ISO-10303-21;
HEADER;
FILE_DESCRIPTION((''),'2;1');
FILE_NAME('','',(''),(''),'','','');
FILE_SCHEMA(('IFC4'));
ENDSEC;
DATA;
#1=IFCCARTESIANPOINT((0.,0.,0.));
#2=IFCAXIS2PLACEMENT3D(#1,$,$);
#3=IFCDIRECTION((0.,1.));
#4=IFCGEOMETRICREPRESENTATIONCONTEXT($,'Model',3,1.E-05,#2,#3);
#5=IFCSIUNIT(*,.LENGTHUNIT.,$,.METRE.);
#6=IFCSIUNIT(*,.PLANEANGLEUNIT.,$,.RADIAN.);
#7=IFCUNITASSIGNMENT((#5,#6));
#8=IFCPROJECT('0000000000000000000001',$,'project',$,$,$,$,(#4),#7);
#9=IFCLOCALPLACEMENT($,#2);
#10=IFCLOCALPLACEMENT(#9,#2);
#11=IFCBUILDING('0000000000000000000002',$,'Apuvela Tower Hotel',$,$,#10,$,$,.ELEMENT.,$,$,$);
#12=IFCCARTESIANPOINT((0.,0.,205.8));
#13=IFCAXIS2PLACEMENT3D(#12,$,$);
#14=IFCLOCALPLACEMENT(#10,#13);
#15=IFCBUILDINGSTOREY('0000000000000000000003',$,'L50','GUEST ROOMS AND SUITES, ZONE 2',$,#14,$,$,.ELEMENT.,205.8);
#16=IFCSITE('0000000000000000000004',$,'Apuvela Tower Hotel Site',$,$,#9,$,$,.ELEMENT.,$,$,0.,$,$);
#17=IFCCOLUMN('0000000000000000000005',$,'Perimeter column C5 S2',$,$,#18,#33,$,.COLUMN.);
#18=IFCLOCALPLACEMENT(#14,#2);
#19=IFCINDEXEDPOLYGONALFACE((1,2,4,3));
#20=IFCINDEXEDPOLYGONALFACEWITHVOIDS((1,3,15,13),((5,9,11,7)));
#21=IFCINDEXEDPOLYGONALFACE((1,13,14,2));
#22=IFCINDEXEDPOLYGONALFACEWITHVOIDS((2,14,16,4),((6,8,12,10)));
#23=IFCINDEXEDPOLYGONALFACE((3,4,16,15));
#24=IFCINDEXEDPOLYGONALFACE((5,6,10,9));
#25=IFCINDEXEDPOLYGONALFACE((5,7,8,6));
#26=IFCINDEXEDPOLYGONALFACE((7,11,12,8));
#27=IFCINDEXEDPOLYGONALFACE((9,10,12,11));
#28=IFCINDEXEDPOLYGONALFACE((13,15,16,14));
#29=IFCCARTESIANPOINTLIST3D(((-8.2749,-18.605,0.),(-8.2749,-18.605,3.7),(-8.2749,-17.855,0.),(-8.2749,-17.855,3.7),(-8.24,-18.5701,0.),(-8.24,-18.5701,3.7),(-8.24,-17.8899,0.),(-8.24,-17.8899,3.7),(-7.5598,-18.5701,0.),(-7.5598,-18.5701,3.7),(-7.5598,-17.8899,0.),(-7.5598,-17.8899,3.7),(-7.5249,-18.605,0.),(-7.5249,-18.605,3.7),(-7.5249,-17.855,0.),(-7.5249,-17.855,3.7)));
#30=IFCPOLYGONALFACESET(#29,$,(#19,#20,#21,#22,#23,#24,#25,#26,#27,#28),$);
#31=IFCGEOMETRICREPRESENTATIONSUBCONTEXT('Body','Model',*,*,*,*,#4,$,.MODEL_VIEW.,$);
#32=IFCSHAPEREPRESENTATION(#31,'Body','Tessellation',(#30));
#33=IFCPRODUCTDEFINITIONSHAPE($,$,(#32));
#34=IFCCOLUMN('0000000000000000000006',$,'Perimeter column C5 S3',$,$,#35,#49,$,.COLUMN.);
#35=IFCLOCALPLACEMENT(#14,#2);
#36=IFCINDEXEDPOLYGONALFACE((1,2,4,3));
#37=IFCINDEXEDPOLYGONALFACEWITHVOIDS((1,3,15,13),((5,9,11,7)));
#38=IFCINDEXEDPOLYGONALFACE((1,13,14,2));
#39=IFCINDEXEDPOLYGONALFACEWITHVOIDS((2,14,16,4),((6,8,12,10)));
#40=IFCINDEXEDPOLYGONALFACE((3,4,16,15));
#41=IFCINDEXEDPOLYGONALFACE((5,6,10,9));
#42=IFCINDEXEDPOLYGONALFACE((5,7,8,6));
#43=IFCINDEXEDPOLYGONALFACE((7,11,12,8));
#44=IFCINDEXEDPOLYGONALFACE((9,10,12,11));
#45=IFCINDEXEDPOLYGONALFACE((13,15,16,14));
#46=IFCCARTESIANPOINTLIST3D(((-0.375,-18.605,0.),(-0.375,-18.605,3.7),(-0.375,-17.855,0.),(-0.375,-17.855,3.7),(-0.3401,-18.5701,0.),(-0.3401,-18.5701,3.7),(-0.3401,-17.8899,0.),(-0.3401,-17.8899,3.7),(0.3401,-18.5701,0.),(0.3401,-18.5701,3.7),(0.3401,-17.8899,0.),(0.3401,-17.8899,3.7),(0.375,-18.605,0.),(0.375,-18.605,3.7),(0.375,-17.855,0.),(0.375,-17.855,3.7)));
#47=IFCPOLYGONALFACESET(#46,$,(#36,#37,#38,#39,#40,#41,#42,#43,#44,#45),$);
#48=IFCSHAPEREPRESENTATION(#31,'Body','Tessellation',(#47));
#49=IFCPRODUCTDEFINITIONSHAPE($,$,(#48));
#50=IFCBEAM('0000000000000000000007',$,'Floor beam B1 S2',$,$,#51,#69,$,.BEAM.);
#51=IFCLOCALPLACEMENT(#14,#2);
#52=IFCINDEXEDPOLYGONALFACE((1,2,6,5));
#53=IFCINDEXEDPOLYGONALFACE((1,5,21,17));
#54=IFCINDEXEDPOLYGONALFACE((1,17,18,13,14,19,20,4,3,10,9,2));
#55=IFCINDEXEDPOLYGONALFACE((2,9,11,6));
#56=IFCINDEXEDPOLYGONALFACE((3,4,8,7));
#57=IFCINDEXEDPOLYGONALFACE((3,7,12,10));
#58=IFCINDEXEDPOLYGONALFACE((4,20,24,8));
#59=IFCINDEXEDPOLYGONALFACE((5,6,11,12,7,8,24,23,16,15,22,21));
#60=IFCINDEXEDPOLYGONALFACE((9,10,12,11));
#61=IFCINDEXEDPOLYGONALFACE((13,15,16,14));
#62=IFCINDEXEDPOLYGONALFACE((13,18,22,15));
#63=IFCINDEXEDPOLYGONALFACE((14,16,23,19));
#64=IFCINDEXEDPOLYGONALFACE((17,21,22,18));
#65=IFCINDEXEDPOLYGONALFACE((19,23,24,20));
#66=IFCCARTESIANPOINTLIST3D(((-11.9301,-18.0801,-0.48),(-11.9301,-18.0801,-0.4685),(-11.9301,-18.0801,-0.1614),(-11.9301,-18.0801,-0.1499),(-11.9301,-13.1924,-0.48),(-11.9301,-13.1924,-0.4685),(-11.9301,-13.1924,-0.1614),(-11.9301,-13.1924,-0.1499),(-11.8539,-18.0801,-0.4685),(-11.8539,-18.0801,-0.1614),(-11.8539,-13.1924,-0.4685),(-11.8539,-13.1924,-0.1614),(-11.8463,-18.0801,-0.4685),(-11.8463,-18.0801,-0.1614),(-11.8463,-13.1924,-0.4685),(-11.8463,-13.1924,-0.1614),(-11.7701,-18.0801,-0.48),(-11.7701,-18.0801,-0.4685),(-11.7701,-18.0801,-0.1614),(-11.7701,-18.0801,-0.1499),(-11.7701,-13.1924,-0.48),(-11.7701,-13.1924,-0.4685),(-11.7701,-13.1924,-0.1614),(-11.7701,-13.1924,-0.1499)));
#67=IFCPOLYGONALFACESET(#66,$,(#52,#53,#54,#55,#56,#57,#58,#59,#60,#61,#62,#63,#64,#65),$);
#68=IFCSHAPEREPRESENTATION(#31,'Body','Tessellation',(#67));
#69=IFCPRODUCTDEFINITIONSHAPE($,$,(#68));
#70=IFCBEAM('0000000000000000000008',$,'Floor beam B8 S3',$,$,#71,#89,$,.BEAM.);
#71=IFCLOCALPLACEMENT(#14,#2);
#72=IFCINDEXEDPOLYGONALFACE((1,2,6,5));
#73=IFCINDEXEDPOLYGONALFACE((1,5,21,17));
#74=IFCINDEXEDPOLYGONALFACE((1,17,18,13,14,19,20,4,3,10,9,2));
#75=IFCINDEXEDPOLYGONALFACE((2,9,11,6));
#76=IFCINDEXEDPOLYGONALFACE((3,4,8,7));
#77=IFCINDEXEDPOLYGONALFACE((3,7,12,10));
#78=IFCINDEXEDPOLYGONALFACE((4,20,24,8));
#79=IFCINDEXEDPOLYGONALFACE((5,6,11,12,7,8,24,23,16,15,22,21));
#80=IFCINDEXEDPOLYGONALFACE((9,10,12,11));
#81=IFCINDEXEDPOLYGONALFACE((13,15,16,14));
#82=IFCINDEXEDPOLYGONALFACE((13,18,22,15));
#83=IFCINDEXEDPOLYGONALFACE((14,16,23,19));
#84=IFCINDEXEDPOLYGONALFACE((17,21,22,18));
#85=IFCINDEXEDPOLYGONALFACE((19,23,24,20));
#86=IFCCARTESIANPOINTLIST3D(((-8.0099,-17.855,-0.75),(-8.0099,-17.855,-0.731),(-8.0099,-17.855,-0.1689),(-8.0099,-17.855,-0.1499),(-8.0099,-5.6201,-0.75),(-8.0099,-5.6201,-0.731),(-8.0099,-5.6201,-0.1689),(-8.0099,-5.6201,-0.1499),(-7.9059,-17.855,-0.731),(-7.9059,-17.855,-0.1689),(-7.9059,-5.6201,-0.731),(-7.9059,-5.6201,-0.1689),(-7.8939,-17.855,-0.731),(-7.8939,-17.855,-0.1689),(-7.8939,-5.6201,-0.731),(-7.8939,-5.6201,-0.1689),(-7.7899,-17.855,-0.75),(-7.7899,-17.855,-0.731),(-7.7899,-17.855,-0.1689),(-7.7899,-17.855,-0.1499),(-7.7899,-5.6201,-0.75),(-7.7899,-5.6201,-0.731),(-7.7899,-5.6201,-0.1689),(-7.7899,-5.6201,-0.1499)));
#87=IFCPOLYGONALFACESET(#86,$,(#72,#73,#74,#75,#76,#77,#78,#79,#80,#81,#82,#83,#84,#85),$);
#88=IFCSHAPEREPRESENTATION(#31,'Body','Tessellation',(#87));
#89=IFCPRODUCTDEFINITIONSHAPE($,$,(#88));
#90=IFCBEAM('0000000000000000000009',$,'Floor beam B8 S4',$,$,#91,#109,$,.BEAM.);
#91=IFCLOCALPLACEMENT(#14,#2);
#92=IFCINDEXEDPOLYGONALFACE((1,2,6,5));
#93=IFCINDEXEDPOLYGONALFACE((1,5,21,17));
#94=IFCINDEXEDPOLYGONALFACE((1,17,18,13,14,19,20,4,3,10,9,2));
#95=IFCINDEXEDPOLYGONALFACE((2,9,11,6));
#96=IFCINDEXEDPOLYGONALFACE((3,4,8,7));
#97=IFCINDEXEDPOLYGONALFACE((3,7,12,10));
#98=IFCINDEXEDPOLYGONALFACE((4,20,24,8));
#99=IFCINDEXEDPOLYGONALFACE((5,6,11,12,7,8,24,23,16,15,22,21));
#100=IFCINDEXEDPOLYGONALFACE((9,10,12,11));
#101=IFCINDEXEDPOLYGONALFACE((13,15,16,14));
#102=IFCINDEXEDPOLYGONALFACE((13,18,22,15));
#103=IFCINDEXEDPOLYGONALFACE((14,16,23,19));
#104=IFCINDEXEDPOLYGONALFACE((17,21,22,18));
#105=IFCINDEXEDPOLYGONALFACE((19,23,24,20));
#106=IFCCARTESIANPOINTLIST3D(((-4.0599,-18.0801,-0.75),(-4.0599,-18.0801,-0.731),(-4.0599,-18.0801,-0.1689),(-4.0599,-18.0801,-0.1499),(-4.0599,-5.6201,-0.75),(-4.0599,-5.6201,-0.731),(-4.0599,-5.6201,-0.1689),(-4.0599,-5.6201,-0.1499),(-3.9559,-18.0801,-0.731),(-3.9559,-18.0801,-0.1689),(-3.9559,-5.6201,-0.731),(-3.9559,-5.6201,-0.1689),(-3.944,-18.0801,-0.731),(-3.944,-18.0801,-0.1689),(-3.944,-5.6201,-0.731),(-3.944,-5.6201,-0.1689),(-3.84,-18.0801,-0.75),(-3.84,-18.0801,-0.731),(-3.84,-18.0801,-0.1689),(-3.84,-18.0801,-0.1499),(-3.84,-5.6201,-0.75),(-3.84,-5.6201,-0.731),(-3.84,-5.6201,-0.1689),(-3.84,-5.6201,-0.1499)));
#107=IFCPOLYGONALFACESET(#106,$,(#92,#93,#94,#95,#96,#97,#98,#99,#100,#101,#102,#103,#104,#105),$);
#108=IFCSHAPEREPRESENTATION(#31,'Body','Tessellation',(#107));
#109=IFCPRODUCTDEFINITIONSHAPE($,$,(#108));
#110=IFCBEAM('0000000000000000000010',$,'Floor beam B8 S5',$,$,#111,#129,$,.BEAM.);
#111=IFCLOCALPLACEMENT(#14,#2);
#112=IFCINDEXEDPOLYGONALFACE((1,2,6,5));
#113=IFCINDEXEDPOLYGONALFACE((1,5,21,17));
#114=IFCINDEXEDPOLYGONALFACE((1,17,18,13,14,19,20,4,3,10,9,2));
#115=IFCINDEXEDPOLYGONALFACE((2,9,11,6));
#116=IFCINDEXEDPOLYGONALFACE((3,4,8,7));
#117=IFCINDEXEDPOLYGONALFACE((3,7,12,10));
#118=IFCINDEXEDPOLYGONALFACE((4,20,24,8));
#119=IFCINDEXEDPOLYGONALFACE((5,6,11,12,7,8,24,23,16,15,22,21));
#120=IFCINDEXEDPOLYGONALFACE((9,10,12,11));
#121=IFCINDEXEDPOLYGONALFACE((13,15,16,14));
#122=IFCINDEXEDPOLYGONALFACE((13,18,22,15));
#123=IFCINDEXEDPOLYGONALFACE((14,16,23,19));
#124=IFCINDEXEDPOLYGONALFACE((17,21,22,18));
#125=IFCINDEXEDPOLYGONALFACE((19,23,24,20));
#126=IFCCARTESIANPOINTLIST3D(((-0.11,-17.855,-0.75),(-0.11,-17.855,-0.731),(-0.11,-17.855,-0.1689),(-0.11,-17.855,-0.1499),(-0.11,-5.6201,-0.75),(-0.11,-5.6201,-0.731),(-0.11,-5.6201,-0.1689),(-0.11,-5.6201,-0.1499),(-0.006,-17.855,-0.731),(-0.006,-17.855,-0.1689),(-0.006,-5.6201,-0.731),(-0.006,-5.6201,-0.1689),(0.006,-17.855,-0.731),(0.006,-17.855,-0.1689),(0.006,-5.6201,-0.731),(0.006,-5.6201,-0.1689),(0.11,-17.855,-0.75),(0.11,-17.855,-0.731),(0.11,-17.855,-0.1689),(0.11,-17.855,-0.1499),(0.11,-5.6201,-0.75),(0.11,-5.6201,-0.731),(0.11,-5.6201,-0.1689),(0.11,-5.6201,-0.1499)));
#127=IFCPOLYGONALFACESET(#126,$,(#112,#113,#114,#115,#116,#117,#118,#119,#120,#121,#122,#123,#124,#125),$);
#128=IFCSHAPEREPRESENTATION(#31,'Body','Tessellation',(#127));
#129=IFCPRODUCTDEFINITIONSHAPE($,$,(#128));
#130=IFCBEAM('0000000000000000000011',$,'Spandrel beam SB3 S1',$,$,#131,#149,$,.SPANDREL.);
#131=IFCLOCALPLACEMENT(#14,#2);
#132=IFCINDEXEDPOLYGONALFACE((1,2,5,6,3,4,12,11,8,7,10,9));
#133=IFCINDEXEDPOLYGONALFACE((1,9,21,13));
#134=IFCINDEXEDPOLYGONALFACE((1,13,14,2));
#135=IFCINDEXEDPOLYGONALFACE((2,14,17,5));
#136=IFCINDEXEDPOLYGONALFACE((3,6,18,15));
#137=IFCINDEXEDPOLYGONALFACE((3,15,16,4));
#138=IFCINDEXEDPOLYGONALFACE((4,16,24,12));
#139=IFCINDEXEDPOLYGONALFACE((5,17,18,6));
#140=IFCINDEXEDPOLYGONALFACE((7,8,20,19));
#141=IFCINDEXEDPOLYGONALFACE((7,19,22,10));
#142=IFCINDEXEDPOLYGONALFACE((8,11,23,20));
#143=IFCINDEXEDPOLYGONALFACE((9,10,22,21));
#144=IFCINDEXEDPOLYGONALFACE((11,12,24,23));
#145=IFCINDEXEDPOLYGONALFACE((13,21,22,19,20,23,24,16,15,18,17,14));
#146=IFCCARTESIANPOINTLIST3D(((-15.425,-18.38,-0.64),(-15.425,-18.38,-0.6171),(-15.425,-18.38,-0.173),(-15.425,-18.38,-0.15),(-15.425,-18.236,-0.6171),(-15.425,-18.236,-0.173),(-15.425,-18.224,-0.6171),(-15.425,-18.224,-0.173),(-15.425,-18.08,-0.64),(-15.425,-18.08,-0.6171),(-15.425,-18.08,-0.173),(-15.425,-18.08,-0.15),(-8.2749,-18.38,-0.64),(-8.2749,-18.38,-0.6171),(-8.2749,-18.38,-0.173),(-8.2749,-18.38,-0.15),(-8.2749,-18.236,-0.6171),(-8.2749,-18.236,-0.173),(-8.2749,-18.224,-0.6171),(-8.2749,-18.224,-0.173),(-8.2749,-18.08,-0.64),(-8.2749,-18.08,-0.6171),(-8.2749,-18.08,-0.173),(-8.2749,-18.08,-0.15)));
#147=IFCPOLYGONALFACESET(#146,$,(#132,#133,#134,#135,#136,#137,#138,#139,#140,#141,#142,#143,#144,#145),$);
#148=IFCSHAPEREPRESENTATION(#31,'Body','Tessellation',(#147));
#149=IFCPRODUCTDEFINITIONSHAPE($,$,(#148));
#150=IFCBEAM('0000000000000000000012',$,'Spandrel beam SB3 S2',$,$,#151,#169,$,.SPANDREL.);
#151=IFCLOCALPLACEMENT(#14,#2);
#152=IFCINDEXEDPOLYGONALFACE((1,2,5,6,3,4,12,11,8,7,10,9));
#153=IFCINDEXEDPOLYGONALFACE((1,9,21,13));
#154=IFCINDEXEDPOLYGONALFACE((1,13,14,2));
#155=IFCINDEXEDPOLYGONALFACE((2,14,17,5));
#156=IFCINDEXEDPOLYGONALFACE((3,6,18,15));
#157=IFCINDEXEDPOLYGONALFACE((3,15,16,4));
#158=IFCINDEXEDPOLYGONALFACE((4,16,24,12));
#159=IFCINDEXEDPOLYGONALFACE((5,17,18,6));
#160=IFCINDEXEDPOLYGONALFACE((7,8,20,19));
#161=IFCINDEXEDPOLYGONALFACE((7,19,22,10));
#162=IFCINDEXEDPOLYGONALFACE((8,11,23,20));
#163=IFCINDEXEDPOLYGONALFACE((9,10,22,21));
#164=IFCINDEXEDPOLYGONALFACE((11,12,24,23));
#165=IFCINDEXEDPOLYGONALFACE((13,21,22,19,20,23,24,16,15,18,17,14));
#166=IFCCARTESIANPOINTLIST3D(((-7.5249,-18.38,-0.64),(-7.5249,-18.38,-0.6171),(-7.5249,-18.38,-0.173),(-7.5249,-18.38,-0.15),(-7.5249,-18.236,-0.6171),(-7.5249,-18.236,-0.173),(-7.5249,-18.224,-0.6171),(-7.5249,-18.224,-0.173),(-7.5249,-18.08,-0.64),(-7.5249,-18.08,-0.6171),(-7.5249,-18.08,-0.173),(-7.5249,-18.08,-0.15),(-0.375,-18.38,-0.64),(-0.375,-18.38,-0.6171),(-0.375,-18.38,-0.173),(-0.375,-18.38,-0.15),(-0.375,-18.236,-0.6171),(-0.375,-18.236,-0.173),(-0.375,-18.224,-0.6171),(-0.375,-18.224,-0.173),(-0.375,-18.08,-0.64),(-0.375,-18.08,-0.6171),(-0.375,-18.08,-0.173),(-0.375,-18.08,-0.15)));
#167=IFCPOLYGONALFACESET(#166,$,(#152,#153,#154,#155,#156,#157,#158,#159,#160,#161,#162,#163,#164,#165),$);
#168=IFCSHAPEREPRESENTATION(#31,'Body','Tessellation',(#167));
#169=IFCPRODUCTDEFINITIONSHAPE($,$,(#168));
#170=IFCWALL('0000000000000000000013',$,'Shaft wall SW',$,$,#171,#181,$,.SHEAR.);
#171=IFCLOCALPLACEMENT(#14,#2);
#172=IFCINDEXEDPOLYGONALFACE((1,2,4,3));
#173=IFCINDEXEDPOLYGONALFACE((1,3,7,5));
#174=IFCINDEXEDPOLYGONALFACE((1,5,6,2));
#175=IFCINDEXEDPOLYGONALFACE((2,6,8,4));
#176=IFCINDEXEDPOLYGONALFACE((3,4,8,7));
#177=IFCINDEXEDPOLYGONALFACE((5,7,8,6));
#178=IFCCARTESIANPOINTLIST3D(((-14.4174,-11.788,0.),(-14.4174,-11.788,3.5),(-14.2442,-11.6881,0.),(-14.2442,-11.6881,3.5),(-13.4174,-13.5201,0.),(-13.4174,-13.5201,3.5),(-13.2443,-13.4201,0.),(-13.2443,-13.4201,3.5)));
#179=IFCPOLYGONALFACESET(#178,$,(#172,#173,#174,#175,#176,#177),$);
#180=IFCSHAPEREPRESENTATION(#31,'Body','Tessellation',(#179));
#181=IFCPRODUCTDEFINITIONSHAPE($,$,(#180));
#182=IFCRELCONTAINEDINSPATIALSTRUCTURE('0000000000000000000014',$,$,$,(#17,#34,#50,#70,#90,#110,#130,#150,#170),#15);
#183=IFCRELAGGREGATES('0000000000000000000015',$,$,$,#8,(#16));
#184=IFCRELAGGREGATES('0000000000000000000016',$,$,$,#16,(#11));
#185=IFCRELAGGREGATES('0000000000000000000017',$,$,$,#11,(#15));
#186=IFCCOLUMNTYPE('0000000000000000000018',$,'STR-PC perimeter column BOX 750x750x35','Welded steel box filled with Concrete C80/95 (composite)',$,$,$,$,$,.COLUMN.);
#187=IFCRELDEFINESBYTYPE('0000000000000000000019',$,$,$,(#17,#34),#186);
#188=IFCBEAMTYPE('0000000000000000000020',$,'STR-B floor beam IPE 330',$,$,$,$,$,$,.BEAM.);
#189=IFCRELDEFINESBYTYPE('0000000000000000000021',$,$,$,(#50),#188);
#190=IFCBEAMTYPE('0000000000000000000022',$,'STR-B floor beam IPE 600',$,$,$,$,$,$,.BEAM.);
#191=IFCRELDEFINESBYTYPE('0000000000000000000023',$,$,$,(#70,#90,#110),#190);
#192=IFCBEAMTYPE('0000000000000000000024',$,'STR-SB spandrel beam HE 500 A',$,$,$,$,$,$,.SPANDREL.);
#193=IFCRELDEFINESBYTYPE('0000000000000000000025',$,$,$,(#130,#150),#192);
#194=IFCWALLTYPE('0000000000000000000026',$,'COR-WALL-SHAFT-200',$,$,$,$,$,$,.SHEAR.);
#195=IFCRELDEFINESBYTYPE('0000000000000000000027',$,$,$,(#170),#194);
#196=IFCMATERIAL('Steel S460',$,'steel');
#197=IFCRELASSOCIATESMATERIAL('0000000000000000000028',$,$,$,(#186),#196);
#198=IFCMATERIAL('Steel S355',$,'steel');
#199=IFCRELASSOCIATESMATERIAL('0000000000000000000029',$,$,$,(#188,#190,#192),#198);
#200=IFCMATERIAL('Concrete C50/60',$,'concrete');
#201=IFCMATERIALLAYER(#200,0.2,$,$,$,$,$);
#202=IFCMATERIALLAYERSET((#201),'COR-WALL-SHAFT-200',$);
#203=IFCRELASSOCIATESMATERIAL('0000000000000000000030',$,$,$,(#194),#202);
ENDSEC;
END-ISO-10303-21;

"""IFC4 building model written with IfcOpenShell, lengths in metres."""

from ifc_helpers import new_model, si_unit, direction, frame, frame_2d, origin, origin_2d, place, context, subcontext, project, spatial, rectangle, hollow_rectangle, i_section, extrude, material, layer, layer_set, material_profile, profile_set, type_object, element, save


model = new_model("IFC4")

# Units and contexts
model_context = context("Model", 3, precision=1e-05, world=origin(), true_north=direction((0.0, 1.0)))
body_context = subcontext(model_context, "Body", "Model", "MODEL_VIEW")
ifc_project = project(units=[si_unit("LENGTHUNIT", "METRE"), si_unit("PLANEANGLEUNIT", "RADIAN")], contexts=[model_context])

# Site, building, storey
site_placement = place(None, origin())
site = spatial("IfcSite", under=ifc_project, at=site_placement, Name="Apuvela Tower Hotel Site", CompositionType="ELEMENT", RefElevation=0.0)
building_placement = place(site_placement, origin())
building = spatial("IfcBuilding", under=site, at=building_placement, Name="Apuvela Tower Hotel", CompositionType="ELEMENT")
storey_placement = place(building_placement, frame((0.0, 0.0, 205.8)))
storey = spatial("IfcBuildingStorey", under=building, at=storey_placement, Name="L50", Description="GUEST ROOMS AND SUITES, ZONE 2", CompositionType="ELEMENT", Elevation=205.8)

# Columns
ifc_material_1 = material(Name="Steel S460", Category="steel")
ifc_material_profile_1 = material_profile(ifc_material_1, hollow_rectangle(XDim=0.75, YDim=0.75, WallThickness=0.0349, at=origin_2d()), Name="BOX 750x750x35")
ifc_material_2 = material(Name="Concrete C80/95", Category="concrete")
ifc_material_profile_2 = material_profile(ifc_material_2, rectangle(XDim=0.6799, YDim=0.6799, at=origin_2d()), Name="Concrete C80/95 infill")
ifc_profile_set_1 = profile_set([ifc_material_profile_1, ifc_material_profile_2], Name="Steel S460")
column_type = type_object("IfcColumnType", Name="STR-PC perimeter column BOX 750x750x35", Description="Welded steel box filled with Concrete C80/95 (composite)", PredefinedType="COLUMN", material=ifc_profile_set_1)
for number, where, z_axis, x_axis, name in (
    (1, (-7.8999, -18.23, 0.0), (0.0, 0.0, 1.0), (-1.0, 0.0, 0.0), "Perimeter column C5 S2"),
    (2, (0.0, -18.23, 0.0), (0.0, 0.0, 1.0), (-1.0, 0.0, 0.0), "Perimeter column C5 S3"),
):
    element("IfcColumn", number, at=place(storey_placement, frame(where, z_axis=z_axis, x_axis=x_axis)), inside=storey, type_object=column_type, Name=name, PredefinedType="COLUMN", context=body_context, shape_type="SweptSolid", body=[
        extrude(hollow_rectangle(XDim=0.75, YDim=0.75, WallThickness=0.0349, at=origin_2d()), origin(), (0.0, 0.0, 1.0), 3.7),
    ])

# Beams
ifc_material_3 = material(Name="Steel S355", Category="steel")
ifc_material_profile_3 = material_profile(ifc_material_3, i_section(OverallWidth=0.1599, OverallDepth=0.3301, WebThickness=0.0076, FlangeThickness=0.0115, at=origin_2d()), Name="IPE 330")
ifc_profile_set_2 = profile_set([ifc_material_profile_3], Name="Steel S355")
beam_type_1 = type_object("IfcBeamType", Name="STR-B floor beam IPE 330", PredefinedType="BEAM", material=ifc_profile_set_2)
beam_1_placement = place(storey_placement, frame((-11.8501, -18.0801, -0.3149), z_axis=(0.0, 1.0, 0.0), x_axis=(-1.0, 0.0, 0.0)))
element("IfcBeam", 3, at=beam_1_placement, inside=storey, type_object=beam_type_1, Name="Floor beam B1 S2", PredefinedType="BEAM", context=body_context, shape_type="SweptSolid", body=[
    extrude(i_section(OverallWidth=0.1599, OverallDepth=0.3301, WebThickness=0.0076, FlangeThickness=0.0115, at=origin_2d()), origin(), (0.0, 0.0, 1.0), 4.8877),
])
ifc_material_profile_4 = material_profile(ifc_material_3, i_section(OverallWidth=0.22, OverallDepth=0.6001, WebThickness=0.012, FlangeThickness=0.019, at=origin_2d()), Name="IPE 600")
ifc_profile_set_3 = profile_set([ifc_material_profile_4], Name="Steel S355")
beam_type_2 = type_object("IfcBeamType", Name="STR-B floor beam IPE 600", PredefinedType="BEAM", material=ifc_profile_set_3)
beam_2_placement = place(storey_placement, frame((-7.8999, -17.855, -0.45), z_axis=(0.0, 1.0, 0.0), x_axis=(-1.0, 0.0, 0.0)))
element("IfcBeam", 4, at=beam_2_placement, inside=storey, type_object=beam_type_2, Name="Floor beam B8 S3", PredefinedType="BEAM", context=body_context, shape_type="SweptSolid", body=[
    extrude(i_section(OverallWidth=0.22, OverallDepth=0.6001, WebThickness=0.012, FlangeThickness=0.019, at=origin_2d()), origin(), (0.0, 0.0, 1.0), 12.2349),
])
beam_3_placement = place(storey_placement, frame((-3.95, -18.0801, -0.45), z_axis=(0.0, 1.0, 0.0), x_axis=(-1.0, 0.0, 0.0)))
element("IfcBeam", 5, at=beam_3_placement, inside=storey, type_object=beam_type_2, Name="Floor beam B8 S4", PredefinedType="BEAM", context=body_context, shape_type="SweptSolid", body=[
    extrude(i_section(OverallWidth=0.22, OverallDepth=0.6001, WebThickness=0.012, FlangeThickness=0.019, at=origin_2d()), origin(), (0.0, 0.0, 1.0), 12.46),
])
beam_4_placement = place(storey_placement, frame((0.0, -17.855, -0.45), z_axis=(0.0, 1.0, 0.0), x_axis=(-1.0, 0.0, 0.0)))
element("IfcBeam", 6, at=beam_4_placement, inside=storey, type_object=beam_type_2, Name="Floor beam B8 S5", PredefinedType="BEAM", context=body_context, shape_type="SweptSolid", body=[
    extrude(i_section(OverallWidth=0.22, OverallDepth=0.6001, WebThickness=0.012, FlangeThickness=0.019, at=origin_2d()), origin(), (0.0, 0.0, 1.0), 12.2349),
])
ifc_material_profile_5 = material_profile(ifc_material_3, i_section(OverallWidth=0.3, OverallDepth=0.49, WebThickness=0.012, FlangeThickness=0.0229, at=origin_2d()), Name="HE 500 A")
ifc_profile_set_4 = profile_set([ifc_material_profile_5], Name="Steel S355")
beam_type_3 = type_object("IfcBeamType", Name="STR-SB spandrel beam HE 500 A", PredefinedType="SPANDREL", material=ifc_profile_set_4)
beam_5_placement = place(storey_placement, frame((-15.425, -18.23, -0.395), z_axis=(1.0, 0.0, 0.0), x_axis=(0.0, 1.0, 0.0)))
element("IfcBeam", 7, at=beam_5_placement, inside=storey, type_object=beam_type_3, Name="Spandrel beam SB3 S1", PredefinedType="SPANDREL", context=body_context, shape_type="SweptSolid", body=[
    extrude(i_section(OverallWidth=0.3, OverallDepth=0.49, WebThickness=0.012, FlangeThickness=0.0229, at=origin_2d()), origin(), (0.0, 0.0, 1.0), 7.1501),
])
beam_6_placement = place(storey_placement, frame((-7.5249, -18.23, -0.395), z_axis=(1.0, 0.0, 0.0), x_axis=(0.0, 1.0, 0.0)))
element("IfcBeam", 8, at=beam_6_placement, inside=storey, type_object=beam_type_3, Name="Spandrel beam SB3 S2", PredefinedType="SPANDREL", context=body_context, shape_type="SweptSolid", body=[
    extrude(i_section(OverallWidth=0.3, OverallDepth=0.49, WebThickness=0.012, FlangeThickness=0.0229, at=origin_2d()), origin(), (0.0, 0.0, 1.0), 7.1499),
])

# Wall
ifc_material_4 = material(Name="Concrete C50/60", Category="concrete")
ifc_layer_1 = layer(ifc_material_4, 0.2)
ifc_layer_set_1 = layer_set([ifc_layer_1], Name="COR-WALL-SHAFT-200")
wall_type_1 = type_object("IfcWallType", Name="COR-WALL-SHAFT-200", PredefinedType="SHEAR", material=ifc_layer_set_1)
wall_1_placement = place(storey_placement, frame((-14.3308, -11.738, 0.0), z_axis=(0.0, 0.0, 1.0), x_axis=(0.499973, -0.866041, 0.0)))
element("IfcWall", 9, at=wall_1_placement, inside=storey, type_object=wall_type_1, Name="Shaft wall SW", PredefinedType="SHEAR", context=body_context, shape_type="SweptSolid", body=[
    extrude(rectangle(XDim=2.0, YDim=0.2, at=frame_2d((1.0, 0.0))), origin(), (0.0, 0.0, 1.0), 3.5),
])

save(model, "model.ifc")
